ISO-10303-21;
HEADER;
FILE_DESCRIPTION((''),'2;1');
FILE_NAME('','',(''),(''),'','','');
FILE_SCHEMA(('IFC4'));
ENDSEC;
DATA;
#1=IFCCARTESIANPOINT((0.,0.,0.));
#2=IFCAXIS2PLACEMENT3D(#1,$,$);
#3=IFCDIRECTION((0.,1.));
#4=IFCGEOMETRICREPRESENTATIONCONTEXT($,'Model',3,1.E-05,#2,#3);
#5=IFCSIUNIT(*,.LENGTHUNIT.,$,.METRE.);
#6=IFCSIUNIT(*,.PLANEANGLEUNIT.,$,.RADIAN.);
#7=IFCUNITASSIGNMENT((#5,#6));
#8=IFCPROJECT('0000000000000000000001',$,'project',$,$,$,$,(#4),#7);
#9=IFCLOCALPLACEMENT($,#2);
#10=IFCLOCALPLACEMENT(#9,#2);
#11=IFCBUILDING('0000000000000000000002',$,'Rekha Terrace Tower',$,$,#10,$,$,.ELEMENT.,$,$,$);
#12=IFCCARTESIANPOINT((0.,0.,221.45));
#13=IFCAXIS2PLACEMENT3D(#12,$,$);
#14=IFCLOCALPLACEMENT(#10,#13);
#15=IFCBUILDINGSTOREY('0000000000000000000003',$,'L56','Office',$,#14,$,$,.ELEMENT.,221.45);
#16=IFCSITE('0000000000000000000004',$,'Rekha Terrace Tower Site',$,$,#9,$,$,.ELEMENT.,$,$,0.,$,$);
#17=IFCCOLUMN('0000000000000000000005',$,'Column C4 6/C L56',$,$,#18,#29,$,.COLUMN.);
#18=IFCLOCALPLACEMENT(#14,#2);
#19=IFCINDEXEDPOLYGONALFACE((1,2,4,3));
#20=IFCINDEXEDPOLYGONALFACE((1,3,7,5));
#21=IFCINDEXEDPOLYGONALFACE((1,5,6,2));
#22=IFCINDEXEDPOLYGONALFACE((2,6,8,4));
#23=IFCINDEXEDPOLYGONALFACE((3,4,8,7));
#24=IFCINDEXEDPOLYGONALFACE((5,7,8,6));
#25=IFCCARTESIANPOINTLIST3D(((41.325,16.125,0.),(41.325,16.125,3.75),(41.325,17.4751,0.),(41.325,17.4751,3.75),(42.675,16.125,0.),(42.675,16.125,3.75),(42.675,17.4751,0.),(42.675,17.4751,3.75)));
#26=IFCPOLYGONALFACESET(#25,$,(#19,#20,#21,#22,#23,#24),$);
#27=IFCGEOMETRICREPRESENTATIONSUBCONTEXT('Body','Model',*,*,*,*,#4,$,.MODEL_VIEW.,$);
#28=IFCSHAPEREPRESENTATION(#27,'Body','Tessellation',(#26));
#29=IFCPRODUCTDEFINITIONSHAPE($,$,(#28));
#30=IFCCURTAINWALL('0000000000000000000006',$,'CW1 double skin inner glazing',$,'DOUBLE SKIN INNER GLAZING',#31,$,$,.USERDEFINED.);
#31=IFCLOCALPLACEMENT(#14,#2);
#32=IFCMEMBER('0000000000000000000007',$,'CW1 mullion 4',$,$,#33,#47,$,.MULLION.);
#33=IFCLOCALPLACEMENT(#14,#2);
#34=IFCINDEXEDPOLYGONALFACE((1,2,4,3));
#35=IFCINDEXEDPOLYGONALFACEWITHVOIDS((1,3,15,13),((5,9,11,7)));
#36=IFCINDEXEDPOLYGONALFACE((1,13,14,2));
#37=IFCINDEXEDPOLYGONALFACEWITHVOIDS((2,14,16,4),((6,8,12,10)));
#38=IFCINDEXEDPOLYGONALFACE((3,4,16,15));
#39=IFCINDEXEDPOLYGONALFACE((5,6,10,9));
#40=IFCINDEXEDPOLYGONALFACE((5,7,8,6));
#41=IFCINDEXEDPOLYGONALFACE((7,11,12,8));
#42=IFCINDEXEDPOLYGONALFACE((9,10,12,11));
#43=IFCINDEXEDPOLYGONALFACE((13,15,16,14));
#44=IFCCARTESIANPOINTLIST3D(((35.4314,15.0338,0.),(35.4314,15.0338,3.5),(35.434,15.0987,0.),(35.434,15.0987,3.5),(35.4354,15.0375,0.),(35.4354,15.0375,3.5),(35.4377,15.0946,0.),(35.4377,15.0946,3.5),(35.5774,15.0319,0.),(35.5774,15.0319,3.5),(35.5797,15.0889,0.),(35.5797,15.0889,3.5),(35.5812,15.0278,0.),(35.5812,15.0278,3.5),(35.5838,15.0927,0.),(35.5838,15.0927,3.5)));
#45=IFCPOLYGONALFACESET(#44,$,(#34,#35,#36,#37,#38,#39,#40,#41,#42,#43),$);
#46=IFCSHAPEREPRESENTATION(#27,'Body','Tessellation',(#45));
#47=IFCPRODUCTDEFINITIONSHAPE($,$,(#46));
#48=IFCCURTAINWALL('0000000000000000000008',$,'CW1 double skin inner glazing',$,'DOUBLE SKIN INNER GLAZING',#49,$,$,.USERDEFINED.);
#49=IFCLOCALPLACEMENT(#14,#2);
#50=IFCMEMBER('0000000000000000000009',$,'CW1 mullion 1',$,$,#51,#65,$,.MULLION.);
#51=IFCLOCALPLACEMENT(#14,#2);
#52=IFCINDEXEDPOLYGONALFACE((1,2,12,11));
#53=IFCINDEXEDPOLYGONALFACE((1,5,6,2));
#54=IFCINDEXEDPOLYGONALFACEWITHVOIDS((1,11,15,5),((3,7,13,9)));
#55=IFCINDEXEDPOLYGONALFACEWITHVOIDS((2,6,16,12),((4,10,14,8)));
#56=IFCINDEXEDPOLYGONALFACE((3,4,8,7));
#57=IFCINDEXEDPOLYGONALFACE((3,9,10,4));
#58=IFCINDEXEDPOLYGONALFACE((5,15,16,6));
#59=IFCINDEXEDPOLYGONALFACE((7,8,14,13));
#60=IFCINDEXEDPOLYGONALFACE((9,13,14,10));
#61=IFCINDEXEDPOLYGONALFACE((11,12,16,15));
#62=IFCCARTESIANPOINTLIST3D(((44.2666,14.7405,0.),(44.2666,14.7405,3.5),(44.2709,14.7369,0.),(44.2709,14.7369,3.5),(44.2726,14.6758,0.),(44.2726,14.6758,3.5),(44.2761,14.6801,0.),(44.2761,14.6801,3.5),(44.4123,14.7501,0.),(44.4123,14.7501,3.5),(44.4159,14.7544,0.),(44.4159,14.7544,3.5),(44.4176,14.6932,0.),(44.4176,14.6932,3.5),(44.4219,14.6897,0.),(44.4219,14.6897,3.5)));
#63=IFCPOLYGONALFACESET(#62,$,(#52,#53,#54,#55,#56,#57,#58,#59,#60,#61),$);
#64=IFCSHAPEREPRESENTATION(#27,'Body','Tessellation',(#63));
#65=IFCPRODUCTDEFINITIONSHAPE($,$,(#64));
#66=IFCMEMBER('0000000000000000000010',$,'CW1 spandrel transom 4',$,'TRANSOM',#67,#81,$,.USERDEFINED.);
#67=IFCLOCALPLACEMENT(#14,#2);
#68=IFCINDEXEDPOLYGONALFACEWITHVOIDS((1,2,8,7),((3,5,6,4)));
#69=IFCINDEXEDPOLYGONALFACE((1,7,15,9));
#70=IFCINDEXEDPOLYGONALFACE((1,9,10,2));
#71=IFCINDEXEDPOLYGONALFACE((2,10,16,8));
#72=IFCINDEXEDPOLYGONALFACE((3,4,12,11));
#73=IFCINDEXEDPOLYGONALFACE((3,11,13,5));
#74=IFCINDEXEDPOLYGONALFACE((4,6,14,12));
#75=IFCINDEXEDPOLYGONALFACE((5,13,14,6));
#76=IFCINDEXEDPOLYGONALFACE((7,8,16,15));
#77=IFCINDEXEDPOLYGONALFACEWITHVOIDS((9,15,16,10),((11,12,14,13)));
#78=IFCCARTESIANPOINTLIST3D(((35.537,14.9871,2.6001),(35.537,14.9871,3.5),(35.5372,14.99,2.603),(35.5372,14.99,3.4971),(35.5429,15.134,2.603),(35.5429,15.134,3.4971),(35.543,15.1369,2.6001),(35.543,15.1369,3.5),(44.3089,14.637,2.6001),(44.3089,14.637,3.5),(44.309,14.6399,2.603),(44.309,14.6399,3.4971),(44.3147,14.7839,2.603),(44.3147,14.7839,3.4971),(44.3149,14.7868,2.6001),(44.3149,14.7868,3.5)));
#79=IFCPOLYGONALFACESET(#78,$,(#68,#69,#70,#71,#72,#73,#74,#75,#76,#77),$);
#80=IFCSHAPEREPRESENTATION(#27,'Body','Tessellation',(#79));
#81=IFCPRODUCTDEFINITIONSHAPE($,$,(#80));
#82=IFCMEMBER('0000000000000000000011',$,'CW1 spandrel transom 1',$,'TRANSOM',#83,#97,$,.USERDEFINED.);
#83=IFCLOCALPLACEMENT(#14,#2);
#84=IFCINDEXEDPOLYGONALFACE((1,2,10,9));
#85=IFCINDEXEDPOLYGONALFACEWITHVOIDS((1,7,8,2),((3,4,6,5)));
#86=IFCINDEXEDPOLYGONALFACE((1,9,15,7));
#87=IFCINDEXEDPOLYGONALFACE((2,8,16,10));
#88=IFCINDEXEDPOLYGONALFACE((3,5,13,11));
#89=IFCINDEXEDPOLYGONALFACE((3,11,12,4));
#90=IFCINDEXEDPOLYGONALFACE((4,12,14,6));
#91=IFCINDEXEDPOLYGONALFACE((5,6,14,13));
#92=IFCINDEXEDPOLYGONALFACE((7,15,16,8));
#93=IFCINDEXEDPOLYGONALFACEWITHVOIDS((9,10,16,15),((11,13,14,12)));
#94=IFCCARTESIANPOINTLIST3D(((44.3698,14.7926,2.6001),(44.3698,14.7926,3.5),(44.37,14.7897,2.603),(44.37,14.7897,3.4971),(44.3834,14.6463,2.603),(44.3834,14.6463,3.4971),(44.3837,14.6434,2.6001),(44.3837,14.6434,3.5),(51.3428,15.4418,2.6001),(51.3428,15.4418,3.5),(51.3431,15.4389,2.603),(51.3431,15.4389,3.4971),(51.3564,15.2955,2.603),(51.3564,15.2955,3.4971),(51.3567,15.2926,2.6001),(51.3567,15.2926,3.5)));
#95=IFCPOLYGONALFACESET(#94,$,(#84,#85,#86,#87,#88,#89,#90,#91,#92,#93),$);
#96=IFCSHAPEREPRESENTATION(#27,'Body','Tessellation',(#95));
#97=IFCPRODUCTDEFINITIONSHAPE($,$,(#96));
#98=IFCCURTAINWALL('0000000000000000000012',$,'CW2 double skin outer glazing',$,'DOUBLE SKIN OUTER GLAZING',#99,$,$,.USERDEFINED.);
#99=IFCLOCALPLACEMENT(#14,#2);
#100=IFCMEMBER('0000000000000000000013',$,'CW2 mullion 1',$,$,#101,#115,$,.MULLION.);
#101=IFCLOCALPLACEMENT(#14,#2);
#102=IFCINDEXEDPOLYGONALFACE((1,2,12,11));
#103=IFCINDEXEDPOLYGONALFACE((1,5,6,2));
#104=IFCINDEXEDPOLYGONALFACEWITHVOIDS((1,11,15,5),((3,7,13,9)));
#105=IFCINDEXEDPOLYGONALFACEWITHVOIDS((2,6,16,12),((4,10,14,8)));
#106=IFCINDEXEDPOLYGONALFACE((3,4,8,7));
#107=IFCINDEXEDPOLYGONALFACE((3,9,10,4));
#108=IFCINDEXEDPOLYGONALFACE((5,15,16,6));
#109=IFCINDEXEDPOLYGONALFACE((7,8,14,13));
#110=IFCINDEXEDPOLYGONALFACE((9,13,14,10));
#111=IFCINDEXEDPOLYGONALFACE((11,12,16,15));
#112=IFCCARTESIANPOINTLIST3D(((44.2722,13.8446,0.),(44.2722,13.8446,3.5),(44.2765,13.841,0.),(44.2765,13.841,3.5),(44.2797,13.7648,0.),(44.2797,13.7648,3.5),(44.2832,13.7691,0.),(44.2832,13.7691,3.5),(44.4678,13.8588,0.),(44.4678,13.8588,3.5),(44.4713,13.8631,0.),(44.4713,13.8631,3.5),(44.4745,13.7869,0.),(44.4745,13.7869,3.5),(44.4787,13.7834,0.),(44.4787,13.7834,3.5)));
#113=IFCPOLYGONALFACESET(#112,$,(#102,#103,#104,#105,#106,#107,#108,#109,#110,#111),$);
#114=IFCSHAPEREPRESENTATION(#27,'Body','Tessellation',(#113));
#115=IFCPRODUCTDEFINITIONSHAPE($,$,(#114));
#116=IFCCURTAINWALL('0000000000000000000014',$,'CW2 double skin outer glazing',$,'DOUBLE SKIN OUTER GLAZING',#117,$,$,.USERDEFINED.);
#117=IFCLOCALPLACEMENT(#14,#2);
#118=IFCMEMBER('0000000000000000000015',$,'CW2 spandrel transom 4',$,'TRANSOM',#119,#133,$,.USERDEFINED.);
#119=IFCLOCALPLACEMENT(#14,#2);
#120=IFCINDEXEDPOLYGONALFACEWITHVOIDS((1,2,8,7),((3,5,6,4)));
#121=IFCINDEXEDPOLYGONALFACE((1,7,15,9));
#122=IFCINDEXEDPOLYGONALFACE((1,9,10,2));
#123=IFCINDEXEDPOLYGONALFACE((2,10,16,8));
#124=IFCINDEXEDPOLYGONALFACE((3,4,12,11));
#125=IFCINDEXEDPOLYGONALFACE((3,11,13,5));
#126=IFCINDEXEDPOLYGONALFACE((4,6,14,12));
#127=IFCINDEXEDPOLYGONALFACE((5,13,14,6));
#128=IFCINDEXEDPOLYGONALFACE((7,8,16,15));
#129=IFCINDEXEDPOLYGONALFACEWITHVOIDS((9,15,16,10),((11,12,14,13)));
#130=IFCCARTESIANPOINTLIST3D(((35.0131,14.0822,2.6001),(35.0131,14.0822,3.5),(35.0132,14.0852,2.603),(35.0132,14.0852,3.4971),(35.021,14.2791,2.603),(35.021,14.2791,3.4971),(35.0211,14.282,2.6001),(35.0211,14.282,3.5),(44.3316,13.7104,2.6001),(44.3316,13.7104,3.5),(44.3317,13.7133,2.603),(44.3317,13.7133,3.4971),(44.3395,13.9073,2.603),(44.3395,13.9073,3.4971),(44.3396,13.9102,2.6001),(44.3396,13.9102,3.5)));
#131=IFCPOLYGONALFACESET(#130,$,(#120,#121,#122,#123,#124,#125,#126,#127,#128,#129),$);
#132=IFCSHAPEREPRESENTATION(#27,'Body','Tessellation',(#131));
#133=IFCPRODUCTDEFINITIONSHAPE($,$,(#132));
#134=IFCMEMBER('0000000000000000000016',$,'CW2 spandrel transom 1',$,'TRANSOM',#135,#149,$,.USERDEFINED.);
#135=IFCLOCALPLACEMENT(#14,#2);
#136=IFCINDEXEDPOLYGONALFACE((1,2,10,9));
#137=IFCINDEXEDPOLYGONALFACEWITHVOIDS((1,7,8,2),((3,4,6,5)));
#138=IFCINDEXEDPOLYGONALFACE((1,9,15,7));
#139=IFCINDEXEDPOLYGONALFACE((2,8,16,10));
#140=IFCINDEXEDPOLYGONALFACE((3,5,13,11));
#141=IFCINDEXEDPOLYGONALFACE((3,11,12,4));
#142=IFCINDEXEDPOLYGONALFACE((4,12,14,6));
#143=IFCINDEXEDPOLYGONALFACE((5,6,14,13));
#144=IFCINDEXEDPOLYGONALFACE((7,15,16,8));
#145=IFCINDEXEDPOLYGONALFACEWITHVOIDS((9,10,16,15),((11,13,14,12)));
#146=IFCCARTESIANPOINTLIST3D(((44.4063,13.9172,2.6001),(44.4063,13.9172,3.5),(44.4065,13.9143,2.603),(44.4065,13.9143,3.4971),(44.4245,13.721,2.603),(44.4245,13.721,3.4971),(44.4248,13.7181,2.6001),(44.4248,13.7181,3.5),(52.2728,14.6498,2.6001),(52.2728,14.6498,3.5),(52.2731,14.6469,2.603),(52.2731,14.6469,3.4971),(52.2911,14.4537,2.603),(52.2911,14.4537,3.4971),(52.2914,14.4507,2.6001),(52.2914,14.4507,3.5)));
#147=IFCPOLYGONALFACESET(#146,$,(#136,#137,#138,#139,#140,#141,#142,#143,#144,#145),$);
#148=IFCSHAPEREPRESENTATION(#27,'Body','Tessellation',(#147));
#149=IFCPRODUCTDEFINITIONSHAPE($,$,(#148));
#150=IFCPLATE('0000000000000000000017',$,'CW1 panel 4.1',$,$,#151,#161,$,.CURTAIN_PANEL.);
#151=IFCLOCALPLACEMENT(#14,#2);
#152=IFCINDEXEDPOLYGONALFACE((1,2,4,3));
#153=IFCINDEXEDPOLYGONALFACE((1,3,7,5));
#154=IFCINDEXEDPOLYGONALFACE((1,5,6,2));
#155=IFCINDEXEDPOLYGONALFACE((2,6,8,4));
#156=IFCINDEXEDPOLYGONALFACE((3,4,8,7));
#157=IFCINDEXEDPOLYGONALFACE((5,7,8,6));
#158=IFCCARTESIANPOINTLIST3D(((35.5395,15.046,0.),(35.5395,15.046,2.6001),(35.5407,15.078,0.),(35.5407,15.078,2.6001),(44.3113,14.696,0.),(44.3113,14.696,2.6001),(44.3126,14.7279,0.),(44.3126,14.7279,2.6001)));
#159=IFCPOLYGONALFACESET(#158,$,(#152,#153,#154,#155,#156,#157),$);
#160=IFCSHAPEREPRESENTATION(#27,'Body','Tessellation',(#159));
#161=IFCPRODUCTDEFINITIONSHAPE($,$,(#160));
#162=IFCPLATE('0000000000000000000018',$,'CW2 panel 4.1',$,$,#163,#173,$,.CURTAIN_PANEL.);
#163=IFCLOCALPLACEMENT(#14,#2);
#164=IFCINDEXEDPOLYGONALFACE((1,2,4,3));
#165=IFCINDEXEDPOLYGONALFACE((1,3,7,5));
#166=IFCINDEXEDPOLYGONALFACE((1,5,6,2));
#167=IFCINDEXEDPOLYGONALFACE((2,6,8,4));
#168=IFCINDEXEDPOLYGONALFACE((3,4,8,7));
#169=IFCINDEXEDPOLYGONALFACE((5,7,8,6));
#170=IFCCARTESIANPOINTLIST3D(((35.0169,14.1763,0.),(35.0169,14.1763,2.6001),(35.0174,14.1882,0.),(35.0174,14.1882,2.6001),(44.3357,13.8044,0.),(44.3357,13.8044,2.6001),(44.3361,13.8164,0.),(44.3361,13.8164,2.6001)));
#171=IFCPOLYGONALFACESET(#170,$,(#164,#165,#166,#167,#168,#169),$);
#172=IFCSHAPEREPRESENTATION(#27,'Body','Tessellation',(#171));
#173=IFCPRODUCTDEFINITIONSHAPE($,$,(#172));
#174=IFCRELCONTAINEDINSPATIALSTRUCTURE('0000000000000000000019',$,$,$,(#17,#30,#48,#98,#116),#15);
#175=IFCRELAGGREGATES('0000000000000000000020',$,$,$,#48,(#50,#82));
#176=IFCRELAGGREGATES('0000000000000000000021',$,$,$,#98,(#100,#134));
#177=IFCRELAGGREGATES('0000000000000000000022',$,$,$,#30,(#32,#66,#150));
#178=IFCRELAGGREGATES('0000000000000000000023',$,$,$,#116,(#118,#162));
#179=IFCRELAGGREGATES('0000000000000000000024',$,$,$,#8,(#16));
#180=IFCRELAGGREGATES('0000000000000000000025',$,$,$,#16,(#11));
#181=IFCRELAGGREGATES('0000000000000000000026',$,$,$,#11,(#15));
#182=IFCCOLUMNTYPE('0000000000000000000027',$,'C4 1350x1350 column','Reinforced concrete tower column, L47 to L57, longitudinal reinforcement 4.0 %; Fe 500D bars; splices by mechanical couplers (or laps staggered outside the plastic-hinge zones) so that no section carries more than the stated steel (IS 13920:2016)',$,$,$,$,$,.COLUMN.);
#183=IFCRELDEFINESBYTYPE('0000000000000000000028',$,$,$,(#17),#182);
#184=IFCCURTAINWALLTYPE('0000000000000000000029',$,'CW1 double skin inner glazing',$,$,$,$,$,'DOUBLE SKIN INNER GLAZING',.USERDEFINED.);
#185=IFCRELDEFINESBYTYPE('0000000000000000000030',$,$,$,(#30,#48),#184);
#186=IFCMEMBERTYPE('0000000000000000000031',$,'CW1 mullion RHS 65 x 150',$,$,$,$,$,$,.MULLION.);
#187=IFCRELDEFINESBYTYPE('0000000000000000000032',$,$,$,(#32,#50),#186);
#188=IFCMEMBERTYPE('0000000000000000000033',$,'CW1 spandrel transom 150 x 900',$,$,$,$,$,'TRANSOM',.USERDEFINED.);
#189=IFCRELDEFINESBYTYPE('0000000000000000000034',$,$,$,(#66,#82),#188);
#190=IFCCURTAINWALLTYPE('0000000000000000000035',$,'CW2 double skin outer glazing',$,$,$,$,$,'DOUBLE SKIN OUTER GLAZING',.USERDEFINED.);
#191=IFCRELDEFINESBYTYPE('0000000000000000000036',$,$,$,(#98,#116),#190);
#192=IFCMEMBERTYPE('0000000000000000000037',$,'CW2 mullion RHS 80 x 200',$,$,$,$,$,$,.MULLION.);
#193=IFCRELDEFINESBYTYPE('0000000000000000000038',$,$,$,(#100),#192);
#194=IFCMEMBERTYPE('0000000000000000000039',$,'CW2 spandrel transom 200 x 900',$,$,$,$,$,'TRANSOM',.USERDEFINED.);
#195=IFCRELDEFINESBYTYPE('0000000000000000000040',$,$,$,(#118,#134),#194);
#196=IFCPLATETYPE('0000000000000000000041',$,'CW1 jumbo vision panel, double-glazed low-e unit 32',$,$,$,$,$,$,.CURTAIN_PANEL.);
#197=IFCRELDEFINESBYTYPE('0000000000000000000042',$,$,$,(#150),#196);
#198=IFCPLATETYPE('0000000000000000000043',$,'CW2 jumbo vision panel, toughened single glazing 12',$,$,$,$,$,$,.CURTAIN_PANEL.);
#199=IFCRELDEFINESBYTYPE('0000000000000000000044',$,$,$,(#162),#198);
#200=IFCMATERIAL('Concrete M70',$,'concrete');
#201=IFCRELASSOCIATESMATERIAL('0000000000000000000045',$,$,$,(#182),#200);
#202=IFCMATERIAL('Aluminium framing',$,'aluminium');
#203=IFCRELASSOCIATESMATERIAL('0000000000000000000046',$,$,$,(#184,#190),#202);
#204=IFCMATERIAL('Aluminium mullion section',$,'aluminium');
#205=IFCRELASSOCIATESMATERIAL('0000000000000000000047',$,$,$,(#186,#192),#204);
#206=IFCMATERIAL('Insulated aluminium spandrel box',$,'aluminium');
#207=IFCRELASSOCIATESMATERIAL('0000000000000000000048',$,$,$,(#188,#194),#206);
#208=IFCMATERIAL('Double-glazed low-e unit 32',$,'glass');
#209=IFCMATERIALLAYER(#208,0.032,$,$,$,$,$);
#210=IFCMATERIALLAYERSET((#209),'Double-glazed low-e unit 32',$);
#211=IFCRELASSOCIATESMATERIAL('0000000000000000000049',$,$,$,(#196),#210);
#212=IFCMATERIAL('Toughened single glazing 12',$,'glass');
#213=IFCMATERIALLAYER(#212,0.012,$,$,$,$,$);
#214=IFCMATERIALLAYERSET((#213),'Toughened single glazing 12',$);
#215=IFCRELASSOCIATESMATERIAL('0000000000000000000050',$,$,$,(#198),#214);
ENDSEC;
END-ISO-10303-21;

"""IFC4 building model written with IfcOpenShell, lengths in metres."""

from ifc_helpers import new_model, si_unit, direction, frame, origin, origin_2d, place, context, subcontext, project, spatial, rectangle, hollow_rectangle, extrude, material, layer, layer_set, material_profile, profile_set, type_object, element, aggregate, save


model = new_model("IFC4")

# Units and contexts
model_context = context("Model", 3, precision=1e-05, world=origin(), true_north=direction((0.0, 1.0)))
body_context = subcontext(model_context, "Body", "Model", "MODEL_VIEW")
ifc_project = project(units=[si_unit("LENGTHUNIT", "METRE"), si_unit("PLANEANGLEUNIT", "RADIAN")], contexts=[model_context])

# Site, building, storey
site_placement = place(None, origin())
site = spatial("IfcSite", under=ifc_project, at=site_placement, Name="Rekha Terrace Tower Site", CompositionType="ELEMENT", RefElevation=0.0)
building_placement = place(site_placement, origin())
building = spatial("IfcBuilding", under=site, at=building_placement, Name="Rekha Terrace Tower", CompositionType="ELEMENT")
storey_placement = place(building_placement, frame((0.0, 0.0, 221.45)))
storey = spatial("IfcBuildingStorey", under=building, at=storey_placement, Name="L56", Description="Office", CompositionType="ELEMENT", Elevation=221.45)

# Column
ifc_material_1 = material(Name="Concrete M70", Category="concrete")
ifc_material_profile_1 = material_profile(ifc_material_1, rectangle(XDim=1.3501, YDim=1.3501, at=origin_2d()), Name="RC 1350x1350")
ifc_profile_set_1 = profile_set([ifc_material_profile_1], Name="Concrete M70")
column_type = type_object("IfcColumnType", Name="C4 1350x1350 column", Description="Reinforced concrete tower column, L47 to L57, longitudinal reinforcement 4.0 %; Fe 500D bars; splices by mechanical couplers (or laps staggered outside the plastic-hinge zones) so that no section carries more than the stated steel (IS 13920:2016)", PredefinedType="COLUMN", material=ifc_profile_set_1)
column_placement = place(storey_placement, frame((42.0, 16.8, 0.0), z_axis=(0.0, 0.0, 1.0), x_axis=(1.0, 0.0, 0.0)))
element("IfcColumn", 1, at=column_placement, inside=storey, type_object=column_type, Name="Column C4 6/C L56", PredefinedType="COLUMN", context=body_context, shape_type="SweptSolid", body=[
    extrude(rectangle(XDim=1.3501, YDim=1.3501, at=origin_2d()), origin(), (0.0, 0.0, 1.0), 3.75),
])

# Curtain walls, members
ifc_material_2 = material(Name="Aluminium framing", Category="aluminium")
curtain_wall_type_1 = type_object("IfcCurtainWallType", Name="CW1 double skin inner glazing", ElementType="DOUBLE SKIN INNER GLAZING", PredefinedType="USERDEFINED", material=ifc_material_2)
curtain_wall_1_placement = place(storey_placement, origin())
curtain_wall_1 = element("IfcCurtainWall", 2, at=curtain_wall_1_placement, inside=storey, type_object=curtain_wall_type_1, Name="CW1 double skin inner glazing", ObjectType="DOUBLE SKIN INNER GLAZING", PredefinedType="USERDEFINED")
ifc_material_3 = material(Name="Aluminium mullion section", Category="aluminium")
ifc_material_profile_2 = material_profile(ifc_material_3, hollow_rectangle(XDim=0.0649, YDim=0.1499, WallThickness=0.0039, at=origin_2d()), Name="AL RHS 65x150")
ifc_profile_set_2 = profile_set([ifc_material_profile_2], Name="Aluminium mullion section")
member_type_1 = type_object("IfcMemberType", Name="CW1 mullion RHS 65 x 150", PredefinedType="MULLION", material=ifc_profile_set_2)
member_1_placement = place(storey_placement, frame((35.5076, 15.0632, 0.0), z_axis=(0.0, 0.0, 1.0), x_axis=(0.039872, 0.999205, 0.0)))
member_1 = element("IfcMember", 3, at=member_1_placement, type_object=member_type_1, Name="CW1 mullion 4", PredefinedType="MULLION", context=body_context, shape_type="SweptSolid", body=[
    extrude(hollow_rectangle(XDim=0.0649, YDim=0.1499, WallThickness=0.0039, at=origin_2d()), origin(), (0.0, 0.0, 1.0), 3.5),
])
curtain_wall_2_placement = place(storey_placement, origin())
curtain_wall_2 = element("IfcCurtainWall", 4, at=curtain_wall_2_placement, inside=storey, type_object=curtain_wall_type_1, Name="CW1 double skin inner glazing", ObjectType="DOUBLE SKIN INNER GLAZING", PredefinedType="USERDEFINED")
member_2_placement = place(storey_placement, frame((44.3442, 14.7151, 0.0), z_axis=(0.0, 0.0, 1.0), x_axis=(-0.092709, 0.995693, 0.0)))
member_2 = element("IfcMember", 5, at=member_2_placement, type_object=member_type_1, Name="CW1 mullion 1", PredefinedType="MULLION", context=body_context, shape_type="SweptSolid", body=[
    extrude(hollow_rectangle(XDim=0.0649, YDim=0.1499, WallThickness=0.0039, at=origin_2d()), origin(), (0.0, 0.0, 1.0), 3.5),
])

# Members
ifc_material_4 = material(Name="Insulated aluminium spandrel box", Category="aluminium")
ifc_material_profile_3 = material_profile(ifc_material_4, hollow_rectangle(XDim=0.1499, YDim=0.8999, WallThickness=0.0029, at=origin_2d()), Name="AL SPANDREL BOX 150x900")
ifc_profile_set_3 = profile_set([ifc_material_profile_3], Name="Insulated aluminium spandrel box")
member_type_2 = type_object("IfcMemberType", Name="CW1 spandrel transom 150 x 900", ElementType="TRANSOM", PredefinedType="USERDEFINED", material=ifc_profile_set_3)
member_3_placement = place(storey_placement, frame((35.54, 15.062, 3.05), z_axis=(0.999204, -0.03988, 0.0), x_axis=(0.03988, 0.999204, 0.0)))
member_3 = element("IfcMember", 6, at=member_3_placement, type_object=member_type_2, Name="CW1 spandrel transom 4", ObjectType="TRANSOM", PredefinedType="USERDEFINED", context=body_context, shape_type="SweptSolid", body=[
    extrude(hollow_rectangle(XDim=0.1499, YDim=0.8999, WallThickness=0.0029, at=origin_2d()), origin(), (0.0, 0.0, 1.0), 8.7788),
])
member_4_placement = place(storey_placement, frame((44.3767, 14.718, 3.05), z_axis=(0.995694, 0.092698, 0.0), x_axis=(-0.092698, 0.995694, 0.0)))
member_4 = element("IfcMember", 7, at=member_4_placement, type_object=member_type_2, Name="CW1 spandrel transom 1", ObjectType="TRANSOM", PredefinedType="USERDEFINED", context=body_context, shape_type="SweptSolid", body=[
    extrude(hollow_rectangle(XDim=0.1499, YDim=0.8999, WallThickness=0.0029, at=origin_2d()), origin(), (0.0, 0.0, 1.0), 7.0032),
])
aggregate(curtain_wall_2, [member_2, member_4])

# Curtain walls, members
curtain_wall_type_2 = type_object("IfcCurtainWallType", Name="CW2 double skin outer glazing", ElementType="DOUBLE SKIN OUTER GLAZING", PredefinedType="USERDEFINED", material=ifc_material_2)
curtain_wall_3_placement = place(storey_placement, origin())
curtain_wall_3 = element("IfcCurtainWall", 8, at=curtain_wall_3_placement, inside=storey, type_object=curtain_wall_type_2, Name="CW2 double skin outer glazing", ObjectType="DOUBLE SKIN OUTER GLAZING", PredefinedType="USERDEFINED")
ifc_material_profile_4 = material_profile(ifc_material_3, hollow_rectangle(XDim=0.0801, YDim=0.2, WallThickness=0.0039, at=origin_2d()), Name="AL RHS 80x200")
ifc_profile_set_4 = profile_set([ifc_material_profile_4], Name="Aluminium mullion section")
member_type_3 = type_object("IfcMemberType", Name="CW2 mullion RHS 80 x 200", PredefinedType="MULLION", material=ifc_profile_set_4)
member_5_placement = place(storey_placement, frame((44.3755, 13.814, 0.0), z_axis=(0.0, 0.0, 1.0), x_axis=(-0.092709, 0.995693, 0.0)))
member_5 = element("IfcMember", 9, at=member_5_placement, type_object=member_type_3, Name="CW2 mullion 1", PredefinedType="MULLION", context=body_context, shape_type="SweptSolid", body=[
    extrude(hollow_rectangle(XDim=0.0801, YDim=0.2, WallThickness=0.0039, at=origin_2d()), origin(), (0.0, 0.0, 1.0), 3.5),
])
curtain_wall_4_placement = place(storey_placement, origin())
curtain_wall_4 = element("IfcCurtainWall", 10, at=curtain_wall_4_placement, inside=storey, type_object=curtain_wall_type_2, Name="CW2 double skin outer glazing", ObjectType="DOUBLE SKIN OUTER GLAZING", PredefinedType="USERDEFINED")
ifc_material_profile_5 = material_profile(ifc_material_4, hollow_rectangle(XDim=0.2, YDim=0.8999, WallThickness=0.0029, at=origin_2d()), Name="AL SPANDREL BOX 200x900")
ifc_profile_set_5 = profile_set([ifc_material_profile_5], Name="Insulated aluminium spandrel box")
member_type_4 = type_object("IfcMemberType", Name="CW2 spandrel transom 200 x 900", ElementType="TRANSOM", PredefinedType="USERDEFINED", material=ifc_profile_set_5)
member_6_placement = place(storey_placement, frame((35.0171, 14.1821, 3.05), z_axis=(0.999205, -0.03987, 0.0), x_axis=(0.03987, 0.999205, 0.0)))
member_6 = element("IfcMember", 11, at=member_6_placement, type_object=member_type_4, Name="CW2 spandrel transom 4", ObjectType="TRANSOM", PredefinedType="USERDEFINED", context=body_context, shape_type="SweptSolid", body=[
    extrude(hollow_rectangle(XDim=0.2, YDim=0.8999, WallThickness=0.0029, at=origin_2d()), origin(), (0.0, 0.0, 1.0), 9.3259),
])

# Member
member_7_placement = place(storey_placement, frame((44.4155, 13.8176, 3.05), z_axis=(0.995691, 0.092734, 0.0), x_axis=(-0.092734, 0.995691, 0.0)))
member_7 = element("IfcMember", 12, at=member_7_placement, type_object=member_type_4, Name="CW2 spandrel transom 1", ObjectType="TRANSOM", PredefinedType="USERDEFINED", context=body_context, shape_type="SweptSolid", body=[
    extrude(hollow_rectangle(XDim=0.2, YDim=0.8999, WallThickness=0.0029, at=origin_2d()), origin(), (0.0, 0.0, 1.0), 7.9006),
])
aggregate(curtain_wall_3, [member_5, member_7])

# Plates
ifc_material_5 = material(Name="Double-glazed low-e unit 32", Category="glass")
ifc_layer_1 = layer(ifc_material_5, 0.032)
ifc_layer_set_1 = layer_set([ifc_layer_1], Name="Double-glazed low-e unit 32")
plate_type_1 = type_object("IfcPlateType", Name="CW1 jumbo vision panel, double-glazed low-e unit 32", PredefinedType="CURTAIN_PANEL", material=ifc_layer_set_1)
plate_1_placement = place(storey_placement, frame((39.926, 14.887, 0.0), z_axis=(0.0, 0.0, 1.0), x_axis=(0.999205, -0.039872, 0.0)))
plate_1 = element("IfcPlate", 13, at=plate_1_placement, type_object=plate_type_1, Name="CW1 panel 4.1", PredefinedType="CURTAIN_PANEL", context=body_context, shape_type="SweptSolid", body=[
    extrude(rectangle(XDim=8.7788, YDim=0.032, at=origin_2d()), origin(), (0.0, 0.0, 1.0), 2.6001),
])
aggregate(curtain_wall_1, [member_1, member_3, plate_1])
ifc_material_6 = material(Name="Toughened single glazing 12", Category="glass")
ifc_layer_2 = layer(ifc_material_6, 0.012)
ifc_layer_set_2 = layer_set([ifc_layer_2], Name="Toughened single glazing 12")
plate_type_2 = type_object("IfcPlateType", Name="CW2 jumbo vision panel, toughened single glazing 12", PredefinedType="CURTAIN_PANEL", material=ifc_layer_set_2)
plate_2_placement = place(storey_placement, frame((39.6765, 13.9963, 0.0), z_axis=(0.0, 0.0, 1.0), x_axis=(0.999205, -0.039872, 0.0)))
plate_2 = element("IfcPlate", 14, at=plate_2_placement, type_object=plate_type_2, Name="CW2 panel 4.1", PredefinedType="CURTAIN_PANEL", context=body_context, shape_type="SweptSolid", body=[
    extrude(rectangle(XDim=9.3262, YDim=0.012, at=origin_2d()), origin(), (0.0, 0.0, 1.0), 2.6001),
])
aggregate(curtain_wall_4, [member_6, plate_2])

save(model, "model.ifc")
